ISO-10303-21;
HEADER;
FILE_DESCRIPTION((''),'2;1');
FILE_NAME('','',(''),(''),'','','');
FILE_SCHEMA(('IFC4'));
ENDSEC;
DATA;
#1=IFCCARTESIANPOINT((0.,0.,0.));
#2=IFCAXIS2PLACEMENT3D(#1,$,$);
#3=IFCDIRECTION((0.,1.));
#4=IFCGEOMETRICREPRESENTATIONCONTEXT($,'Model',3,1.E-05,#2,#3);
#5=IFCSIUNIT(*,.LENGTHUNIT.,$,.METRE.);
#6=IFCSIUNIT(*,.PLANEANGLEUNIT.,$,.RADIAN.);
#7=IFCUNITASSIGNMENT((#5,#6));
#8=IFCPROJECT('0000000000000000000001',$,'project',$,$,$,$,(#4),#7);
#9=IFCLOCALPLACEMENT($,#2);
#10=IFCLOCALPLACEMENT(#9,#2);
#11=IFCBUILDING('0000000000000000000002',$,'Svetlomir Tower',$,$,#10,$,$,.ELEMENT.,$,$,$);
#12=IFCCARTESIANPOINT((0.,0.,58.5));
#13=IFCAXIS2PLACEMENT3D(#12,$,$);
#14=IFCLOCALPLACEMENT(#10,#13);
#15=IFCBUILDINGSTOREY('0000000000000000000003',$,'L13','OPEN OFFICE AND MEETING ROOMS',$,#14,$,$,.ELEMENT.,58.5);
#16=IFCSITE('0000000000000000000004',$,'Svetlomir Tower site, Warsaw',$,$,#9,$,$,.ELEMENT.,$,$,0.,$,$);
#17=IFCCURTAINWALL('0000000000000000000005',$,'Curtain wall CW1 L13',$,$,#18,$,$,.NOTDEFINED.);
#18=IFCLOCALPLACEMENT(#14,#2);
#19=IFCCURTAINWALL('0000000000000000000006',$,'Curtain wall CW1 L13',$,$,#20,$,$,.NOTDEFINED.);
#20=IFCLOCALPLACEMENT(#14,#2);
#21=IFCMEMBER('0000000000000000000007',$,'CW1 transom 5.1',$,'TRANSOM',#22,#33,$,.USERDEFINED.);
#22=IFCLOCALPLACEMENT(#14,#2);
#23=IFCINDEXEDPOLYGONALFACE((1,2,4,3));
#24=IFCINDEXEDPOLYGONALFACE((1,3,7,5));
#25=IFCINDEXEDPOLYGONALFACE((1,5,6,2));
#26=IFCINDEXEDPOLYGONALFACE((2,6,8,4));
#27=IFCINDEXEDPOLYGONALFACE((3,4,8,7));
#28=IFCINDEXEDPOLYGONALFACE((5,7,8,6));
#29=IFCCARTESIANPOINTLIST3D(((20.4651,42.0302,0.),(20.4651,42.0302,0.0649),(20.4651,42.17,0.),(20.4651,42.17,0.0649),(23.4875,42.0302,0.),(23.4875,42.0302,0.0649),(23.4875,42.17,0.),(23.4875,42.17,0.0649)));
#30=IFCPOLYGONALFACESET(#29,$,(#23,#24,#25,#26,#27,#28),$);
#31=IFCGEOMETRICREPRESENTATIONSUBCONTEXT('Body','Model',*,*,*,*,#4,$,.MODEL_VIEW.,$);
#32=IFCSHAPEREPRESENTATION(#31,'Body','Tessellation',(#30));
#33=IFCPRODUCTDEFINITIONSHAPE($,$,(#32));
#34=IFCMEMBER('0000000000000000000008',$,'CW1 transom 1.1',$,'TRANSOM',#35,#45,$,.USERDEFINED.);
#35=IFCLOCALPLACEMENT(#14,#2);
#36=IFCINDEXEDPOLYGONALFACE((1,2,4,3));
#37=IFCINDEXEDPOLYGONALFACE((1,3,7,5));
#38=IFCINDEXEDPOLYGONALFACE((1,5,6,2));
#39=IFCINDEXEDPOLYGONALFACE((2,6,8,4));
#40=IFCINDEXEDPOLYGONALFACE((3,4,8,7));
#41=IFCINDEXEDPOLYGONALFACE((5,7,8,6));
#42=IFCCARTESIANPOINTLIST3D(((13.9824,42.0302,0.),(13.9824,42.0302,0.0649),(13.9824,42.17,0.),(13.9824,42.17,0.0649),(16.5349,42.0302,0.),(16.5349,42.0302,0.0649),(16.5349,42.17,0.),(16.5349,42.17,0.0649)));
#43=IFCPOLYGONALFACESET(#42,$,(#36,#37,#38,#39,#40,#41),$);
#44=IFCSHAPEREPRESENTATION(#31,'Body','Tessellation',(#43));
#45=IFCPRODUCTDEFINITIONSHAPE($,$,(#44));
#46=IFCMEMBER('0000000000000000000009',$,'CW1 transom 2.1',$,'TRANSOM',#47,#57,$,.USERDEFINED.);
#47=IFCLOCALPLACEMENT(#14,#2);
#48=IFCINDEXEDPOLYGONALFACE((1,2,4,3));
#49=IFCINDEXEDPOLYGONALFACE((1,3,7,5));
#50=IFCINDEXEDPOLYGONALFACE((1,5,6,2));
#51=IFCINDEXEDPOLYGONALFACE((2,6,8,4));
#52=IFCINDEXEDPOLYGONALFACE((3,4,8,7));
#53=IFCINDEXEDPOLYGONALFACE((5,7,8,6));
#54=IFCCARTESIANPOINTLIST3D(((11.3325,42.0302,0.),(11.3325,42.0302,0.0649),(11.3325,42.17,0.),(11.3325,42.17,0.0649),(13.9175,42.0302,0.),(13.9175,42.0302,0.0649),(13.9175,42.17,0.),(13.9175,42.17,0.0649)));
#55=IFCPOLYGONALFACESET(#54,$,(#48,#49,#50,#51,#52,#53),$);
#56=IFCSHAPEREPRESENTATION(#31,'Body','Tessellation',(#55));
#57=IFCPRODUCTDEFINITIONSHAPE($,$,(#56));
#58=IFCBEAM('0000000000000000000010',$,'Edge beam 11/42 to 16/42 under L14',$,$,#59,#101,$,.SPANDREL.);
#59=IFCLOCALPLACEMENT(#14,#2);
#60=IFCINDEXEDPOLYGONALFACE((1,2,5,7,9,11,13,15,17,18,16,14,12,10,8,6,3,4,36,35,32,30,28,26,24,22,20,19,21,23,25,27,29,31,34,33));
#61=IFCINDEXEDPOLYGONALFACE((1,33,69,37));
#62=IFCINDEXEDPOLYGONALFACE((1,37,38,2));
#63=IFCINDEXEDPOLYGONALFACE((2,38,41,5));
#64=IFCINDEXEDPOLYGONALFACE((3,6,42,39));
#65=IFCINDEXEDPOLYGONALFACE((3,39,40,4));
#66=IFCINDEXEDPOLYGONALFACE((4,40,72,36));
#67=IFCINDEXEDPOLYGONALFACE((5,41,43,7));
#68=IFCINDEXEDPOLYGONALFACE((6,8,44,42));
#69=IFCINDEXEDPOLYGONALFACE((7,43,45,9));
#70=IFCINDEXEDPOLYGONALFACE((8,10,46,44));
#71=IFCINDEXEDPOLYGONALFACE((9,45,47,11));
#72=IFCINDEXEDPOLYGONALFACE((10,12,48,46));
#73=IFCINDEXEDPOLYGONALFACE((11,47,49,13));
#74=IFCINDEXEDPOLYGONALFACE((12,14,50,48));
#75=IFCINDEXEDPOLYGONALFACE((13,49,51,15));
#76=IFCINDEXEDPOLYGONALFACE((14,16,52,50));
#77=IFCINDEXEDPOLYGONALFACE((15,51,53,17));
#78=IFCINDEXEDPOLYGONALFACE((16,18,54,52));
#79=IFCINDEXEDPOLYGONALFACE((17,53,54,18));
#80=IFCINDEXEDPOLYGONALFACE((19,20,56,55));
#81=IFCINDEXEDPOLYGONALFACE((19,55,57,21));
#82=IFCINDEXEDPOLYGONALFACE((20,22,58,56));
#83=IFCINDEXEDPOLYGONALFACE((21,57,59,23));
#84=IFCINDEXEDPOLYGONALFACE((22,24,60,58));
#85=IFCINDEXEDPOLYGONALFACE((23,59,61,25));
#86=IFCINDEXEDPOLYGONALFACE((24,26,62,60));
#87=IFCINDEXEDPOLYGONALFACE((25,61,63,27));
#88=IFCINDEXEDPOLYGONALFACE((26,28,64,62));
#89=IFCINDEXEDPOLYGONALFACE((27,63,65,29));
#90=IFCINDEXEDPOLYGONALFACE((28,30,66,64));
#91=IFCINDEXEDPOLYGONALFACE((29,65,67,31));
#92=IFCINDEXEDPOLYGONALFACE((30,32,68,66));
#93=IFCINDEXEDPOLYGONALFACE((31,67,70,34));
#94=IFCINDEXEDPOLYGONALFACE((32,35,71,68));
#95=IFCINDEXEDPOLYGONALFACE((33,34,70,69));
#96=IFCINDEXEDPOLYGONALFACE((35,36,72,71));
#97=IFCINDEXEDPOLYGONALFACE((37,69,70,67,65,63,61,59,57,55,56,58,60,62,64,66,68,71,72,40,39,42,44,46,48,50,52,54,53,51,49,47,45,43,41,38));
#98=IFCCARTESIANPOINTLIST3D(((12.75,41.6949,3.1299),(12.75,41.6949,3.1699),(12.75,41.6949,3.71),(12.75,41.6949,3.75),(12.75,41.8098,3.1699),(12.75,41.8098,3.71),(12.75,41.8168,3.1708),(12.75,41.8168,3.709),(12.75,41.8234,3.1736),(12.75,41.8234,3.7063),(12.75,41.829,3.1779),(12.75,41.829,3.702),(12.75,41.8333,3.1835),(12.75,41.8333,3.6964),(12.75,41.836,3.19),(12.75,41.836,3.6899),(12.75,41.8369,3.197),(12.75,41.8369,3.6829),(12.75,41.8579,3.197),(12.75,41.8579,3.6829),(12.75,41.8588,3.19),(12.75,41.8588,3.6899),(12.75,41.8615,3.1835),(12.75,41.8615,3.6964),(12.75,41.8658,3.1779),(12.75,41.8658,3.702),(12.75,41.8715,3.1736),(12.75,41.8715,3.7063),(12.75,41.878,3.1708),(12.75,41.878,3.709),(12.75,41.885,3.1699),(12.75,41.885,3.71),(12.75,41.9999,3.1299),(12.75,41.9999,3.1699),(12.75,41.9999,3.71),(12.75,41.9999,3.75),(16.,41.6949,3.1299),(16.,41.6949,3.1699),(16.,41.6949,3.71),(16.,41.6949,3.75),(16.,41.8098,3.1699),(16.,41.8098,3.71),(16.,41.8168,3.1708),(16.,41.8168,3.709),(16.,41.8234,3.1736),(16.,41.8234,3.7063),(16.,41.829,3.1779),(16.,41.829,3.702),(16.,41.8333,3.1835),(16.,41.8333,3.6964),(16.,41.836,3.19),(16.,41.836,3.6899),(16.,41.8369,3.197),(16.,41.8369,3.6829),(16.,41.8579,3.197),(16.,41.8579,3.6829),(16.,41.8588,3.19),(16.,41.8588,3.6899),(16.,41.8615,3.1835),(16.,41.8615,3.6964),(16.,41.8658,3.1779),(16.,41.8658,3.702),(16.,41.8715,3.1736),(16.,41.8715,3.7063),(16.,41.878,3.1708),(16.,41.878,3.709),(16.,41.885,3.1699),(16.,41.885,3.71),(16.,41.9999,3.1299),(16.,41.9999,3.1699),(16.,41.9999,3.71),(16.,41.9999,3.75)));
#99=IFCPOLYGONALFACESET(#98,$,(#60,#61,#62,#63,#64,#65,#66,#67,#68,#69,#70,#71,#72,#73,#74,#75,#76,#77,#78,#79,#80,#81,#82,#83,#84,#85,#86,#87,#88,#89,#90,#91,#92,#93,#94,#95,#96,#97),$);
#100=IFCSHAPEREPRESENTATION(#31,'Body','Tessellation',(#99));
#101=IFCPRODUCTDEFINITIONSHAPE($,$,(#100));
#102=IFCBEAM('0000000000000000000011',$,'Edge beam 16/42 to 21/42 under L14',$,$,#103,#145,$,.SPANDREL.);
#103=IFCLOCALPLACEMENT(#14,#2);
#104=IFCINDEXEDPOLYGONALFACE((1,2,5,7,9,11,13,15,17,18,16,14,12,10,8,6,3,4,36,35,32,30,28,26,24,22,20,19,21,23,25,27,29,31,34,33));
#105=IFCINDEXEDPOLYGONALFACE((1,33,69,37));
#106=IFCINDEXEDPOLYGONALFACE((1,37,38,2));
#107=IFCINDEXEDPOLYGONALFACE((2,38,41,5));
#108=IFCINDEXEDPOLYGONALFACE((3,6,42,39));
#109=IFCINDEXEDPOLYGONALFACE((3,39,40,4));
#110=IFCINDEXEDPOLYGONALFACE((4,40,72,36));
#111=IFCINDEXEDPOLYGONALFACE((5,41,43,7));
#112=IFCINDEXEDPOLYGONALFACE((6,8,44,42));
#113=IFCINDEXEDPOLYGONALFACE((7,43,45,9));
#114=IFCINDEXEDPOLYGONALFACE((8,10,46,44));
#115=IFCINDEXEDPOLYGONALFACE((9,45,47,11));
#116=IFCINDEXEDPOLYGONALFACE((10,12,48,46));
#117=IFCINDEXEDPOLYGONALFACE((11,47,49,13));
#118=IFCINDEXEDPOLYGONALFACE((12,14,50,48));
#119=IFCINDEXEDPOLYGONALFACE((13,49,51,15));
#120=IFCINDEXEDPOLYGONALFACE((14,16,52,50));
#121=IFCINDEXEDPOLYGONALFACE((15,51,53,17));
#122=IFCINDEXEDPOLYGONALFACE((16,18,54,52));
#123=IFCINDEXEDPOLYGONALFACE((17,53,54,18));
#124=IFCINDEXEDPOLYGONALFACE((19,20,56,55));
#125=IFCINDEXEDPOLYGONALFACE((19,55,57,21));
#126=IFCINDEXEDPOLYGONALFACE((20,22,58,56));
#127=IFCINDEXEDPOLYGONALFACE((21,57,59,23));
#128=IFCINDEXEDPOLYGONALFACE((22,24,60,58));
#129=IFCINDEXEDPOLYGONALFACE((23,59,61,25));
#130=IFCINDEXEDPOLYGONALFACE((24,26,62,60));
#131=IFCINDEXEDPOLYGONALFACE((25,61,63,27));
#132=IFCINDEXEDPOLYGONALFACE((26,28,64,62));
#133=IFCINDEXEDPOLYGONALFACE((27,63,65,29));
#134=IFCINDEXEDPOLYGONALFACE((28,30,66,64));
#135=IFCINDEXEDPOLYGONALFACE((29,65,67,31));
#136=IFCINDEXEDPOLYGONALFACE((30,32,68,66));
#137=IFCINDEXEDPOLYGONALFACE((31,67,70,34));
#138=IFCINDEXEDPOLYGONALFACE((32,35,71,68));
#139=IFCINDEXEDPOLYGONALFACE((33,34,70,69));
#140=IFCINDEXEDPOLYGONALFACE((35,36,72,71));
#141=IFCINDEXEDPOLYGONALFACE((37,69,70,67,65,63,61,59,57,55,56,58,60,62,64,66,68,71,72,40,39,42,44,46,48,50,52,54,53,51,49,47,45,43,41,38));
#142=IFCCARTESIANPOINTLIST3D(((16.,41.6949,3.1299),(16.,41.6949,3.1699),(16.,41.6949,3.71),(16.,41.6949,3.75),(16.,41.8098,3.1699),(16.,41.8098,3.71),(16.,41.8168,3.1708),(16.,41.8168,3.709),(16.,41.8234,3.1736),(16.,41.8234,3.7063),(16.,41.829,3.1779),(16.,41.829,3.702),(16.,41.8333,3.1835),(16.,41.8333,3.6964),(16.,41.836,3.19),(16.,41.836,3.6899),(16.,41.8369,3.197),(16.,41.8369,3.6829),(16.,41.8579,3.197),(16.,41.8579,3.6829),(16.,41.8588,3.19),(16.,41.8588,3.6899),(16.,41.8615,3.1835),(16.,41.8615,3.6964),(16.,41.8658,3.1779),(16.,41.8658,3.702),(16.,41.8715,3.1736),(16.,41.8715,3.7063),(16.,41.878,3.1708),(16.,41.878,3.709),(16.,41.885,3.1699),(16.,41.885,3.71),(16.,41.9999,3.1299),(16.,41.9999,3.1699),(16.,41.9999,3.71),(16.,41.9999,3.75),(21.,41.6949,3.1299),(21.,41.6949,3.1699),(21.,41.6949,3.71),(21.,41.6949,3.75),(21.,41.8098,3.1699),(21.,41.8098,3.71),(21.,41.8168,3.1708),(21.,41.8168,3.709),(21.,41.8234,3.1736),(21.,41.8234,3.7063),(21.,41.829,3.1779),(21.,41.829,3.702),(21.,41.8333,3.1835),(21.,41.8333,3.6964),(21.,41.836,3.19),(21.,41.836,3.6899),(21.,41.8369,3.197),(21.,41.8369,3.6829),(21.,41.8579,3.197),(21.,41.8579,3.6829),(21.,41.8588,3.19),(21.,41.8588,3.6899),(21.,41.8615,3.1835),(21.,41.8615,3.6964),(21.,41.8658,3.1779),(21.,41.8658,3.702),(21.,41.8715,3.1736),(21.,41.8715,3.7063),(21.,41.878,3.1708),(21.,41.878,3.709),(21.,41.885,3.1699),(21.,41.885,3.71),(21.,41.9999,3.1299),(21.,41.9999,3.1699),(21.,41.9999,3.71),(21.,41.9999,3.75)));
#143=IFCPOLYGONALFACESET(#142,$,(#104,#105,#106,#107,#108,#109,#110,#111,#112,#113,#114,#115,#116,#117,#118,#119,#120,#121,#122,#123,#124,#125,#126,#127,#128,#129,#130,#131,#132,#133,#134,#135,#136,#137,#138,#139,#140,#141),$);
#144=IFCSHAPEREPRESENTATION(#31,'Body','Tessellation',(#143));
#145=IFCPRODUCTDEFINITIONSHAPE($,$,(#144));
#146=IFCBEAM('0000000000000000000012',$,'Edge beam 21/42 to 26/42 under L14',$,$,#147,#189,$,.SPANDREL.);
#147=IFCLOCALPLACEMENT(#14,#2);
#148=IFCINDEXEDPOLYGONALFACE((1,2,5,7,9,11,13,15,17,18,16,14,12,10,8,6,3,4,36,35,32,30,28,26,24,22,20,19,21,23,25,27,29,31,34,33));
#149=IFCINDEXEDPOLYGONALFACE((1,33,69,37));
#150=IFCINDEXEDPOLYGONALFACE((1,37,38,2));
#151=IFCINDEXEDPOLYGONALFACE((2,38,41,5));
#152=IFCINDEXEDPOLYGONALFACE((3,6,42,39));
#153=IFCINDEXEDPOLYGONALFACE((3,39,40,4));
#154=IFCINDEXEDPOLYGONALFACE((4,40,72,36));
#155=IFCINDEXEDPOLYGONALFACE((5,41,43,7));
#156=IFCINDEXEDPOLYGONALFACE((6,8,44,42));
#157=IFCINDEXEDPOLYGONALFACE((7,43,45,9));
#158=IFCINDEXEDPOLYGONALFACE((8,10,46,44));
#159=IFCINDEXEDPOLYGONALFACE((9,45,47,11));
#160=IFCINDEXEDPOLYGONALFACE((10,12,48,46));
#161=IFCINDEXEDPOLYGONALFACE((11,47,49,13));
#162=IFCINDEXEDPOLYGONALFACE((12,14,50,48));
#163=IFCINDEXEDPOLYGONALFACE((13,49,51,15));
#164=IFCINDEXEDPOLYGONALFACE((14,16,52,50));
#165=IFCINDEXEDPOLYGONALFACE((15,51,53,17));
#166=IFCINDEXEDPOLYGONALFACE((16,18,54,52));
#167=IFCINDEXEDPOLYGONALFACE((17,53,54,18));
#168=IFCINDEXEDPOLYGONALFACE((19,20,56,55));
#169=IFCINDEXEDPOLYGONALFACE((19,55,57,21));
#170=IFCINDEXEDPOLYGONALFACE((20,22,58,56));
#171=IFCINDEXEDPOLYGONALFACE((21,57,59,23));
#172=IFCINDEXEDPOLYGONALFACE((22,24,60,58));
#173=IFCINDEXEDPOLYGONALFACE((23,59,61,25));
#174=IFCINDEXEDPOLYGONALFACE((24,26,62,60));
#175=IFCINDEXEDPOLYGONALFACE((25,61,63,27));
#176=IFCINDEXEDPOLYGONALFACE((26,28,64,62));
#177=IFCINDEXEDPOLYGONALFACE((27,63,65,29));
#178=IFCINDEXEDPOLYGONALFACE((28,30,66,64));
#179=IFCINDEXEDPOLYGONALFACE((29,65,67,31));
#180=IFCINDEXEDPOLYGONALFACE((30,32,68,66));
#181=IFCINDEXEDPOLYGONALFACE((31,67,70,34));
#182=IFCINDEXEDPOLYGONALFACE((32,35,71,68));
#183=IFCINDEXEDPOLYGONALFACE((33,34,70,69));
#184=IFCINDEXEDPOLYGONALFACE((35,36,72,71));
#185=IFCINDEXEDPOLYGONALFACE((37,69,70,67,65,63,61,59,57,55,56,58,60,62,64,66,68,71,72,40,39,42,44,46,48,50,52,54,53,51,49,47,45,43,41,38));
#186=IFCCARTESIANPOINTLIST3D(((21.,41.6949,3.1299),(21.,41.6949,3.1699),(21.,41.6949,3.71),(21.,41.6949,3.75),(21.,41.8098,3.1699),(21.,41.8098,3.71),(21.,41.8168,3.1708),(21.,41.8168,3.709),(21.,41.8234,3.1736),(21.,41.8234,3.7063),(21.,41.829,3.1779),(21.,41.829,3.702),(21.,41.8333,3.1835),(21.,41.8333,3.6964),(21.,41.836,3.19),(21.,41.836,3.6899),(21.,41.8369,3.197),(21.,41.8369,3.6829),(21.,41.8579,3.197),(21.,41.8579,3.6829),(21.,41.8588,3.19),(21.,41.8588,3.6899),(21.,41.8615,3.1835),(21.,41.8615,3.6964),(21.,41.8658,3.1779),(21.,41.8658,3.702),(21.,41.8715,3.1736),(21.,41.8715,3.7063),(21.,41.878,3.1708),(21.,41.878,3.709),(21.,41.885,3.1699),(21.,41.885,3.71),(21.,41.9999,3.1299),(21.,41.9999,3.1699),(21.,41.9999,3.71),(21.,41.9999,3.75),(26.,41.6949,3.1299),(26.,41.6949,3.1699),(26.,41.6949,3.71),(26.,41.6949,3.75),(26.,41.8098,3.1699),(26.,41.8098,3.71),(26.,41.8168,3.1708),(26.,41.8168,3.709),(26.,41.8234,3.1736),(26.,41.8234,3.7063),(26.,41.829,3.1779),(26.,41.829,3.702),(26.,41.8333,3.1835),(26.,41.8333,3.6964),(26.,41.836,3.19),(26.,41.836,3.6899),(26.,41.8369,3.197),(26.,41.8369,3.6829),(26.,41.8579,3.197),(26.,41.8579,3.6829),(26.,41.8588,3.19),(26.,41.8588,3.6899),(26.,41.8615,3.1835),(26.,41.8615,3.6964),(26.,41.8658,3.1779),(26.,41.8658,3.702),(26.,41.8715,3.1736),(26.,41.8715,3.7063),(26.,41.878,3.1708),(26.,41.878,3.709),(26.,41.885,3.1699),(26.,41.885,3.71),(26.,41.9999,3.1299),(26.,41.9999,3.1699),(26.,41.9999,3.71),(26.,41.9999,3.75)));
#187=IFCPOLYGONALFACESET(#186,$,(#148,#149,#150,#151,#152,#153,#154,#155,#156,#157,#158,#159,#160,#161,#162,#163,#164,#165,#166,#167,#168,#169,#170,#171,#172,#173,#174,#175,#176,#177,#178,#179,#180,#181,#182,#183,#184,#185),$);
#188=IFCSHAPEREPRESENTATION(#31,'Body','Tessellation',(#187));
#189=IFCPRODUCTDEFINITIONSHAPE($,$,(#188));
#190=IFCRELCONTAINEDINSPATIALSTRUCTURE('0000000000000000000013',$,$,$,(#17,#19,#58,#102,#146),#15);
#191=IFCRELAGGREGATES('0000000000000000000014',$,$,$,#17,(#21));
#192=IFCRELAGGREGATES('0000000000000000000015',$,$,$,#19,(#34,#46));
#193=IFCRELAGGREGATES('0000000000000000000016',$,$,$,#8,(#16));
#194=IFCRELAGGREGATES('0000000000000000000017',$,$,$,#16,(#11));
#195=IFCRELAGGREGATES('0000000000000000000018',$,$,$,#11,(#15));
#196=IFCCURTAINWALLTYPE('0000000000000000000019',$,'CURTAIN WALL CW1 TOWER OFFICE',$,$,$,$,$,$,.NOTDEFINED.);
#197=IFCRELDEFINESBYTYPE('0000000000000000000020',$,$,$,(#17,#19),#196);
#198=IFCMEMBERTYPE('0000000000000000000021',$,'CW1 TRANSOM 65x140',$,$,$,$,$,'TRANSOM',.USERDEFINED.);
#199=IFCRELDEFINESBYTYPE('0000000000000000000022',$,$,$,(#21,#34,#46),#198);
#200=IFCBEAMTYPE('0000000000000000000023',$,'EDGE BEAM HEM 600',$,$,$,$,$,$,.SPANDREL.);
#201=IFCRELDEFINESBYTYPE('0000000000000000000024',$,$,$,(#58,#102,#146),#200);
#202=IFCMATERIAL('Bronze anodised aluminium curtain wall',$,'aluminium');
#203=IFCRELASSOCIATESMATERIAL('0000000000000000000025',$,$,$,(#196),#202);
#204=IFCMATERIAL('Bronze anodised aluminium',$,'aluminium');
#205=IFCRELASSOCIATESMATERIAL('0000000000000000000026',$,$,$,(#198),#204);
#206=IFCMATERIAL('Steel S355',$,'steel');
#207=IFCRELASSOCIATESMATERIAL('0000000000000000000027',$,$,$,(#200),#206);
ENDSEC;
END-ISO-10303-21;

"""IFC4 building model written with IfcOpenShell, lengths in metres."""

from ifc_helpers import new_model, si_unit, direction, frame, origin, origin_2d, place, context, subcontext, project, spatial, rectangle, i_section, extrude, material, material_profile, profile_set, type_object, element, aggregate, save


model = new_model("IFC4")

# Units and contexts
model_context = context("Model", 3, precision=1e-05, world=origin(), true_north=direction((0.0, 1.0)))
body_context = subcontext(model_context, "Body", "Model", "MODEL_VIEW")
ifc_project = project(units=[si_unit("LENGTHUNIT", "METRE"), si_unit("PLANEANGLEUNIT", "RADIAN")], contexts=[model_context])

# Site, building, storey
site_placement = place(None, origin())
site = spatial("IfcSite", under=ifc_project, at=site_placement, Name="Svetlomir Tower site, Warsaw", CompositionType="ELEMENT", RefElevation=0.0)
building_placement = place(site_placement, origin())
building = spatial("IfcBuilding", under=site, at=building_placement, Name="Svetlomir Tower", CompositionType="ELEMENT")
storey_placement = place(building_placement, frame((0.0, 0.0, 58.5)))
storey = spatial("IfcBuildingStorey", under=building, at=storey_placement, Name="L13", Description="OPEN OFFICE AND MEETING ROOMS", CompositionType="ELEMENT", Elevation=58.5)

# Curtain walls
ifc_material_1 = material(Name="Bronze anodised aluminium curtain wall", Category="aluminium")
curtain_wall_type = type_object("IfcCurtainWallType", Name="CURTAIN WALL CW1 TOWER OFFICE", PredefinedType="NOTDEFINED", material=ifc_material_1)
curtain_wall_1_placement = place(storey_placement, origin())
curtain_wall_1 = element("IfcCurtainWall", 1, at=curtain_wall_1_placement, inside=storey, type_object=curtain_wall_type, Name="Curtain wall CW1 L13", PredefinedType="NOTDEFINED")
curtain_wall_2_placement = place(storey_placement, origin())
curtain_wall_2 = element("IfcCurtainWall", 2, at=curtain_wall_2_placement, inside=storey, type_object=curtain_wall_type, Name="Curtain wall CW1 L13", PredefinedType="NOTDEFINED")

# Members
ifc_material_2 = material(Name="Bronze anodised aluminium", Category="aluminium")
ifc_material_profile_1 = material_profile(ifc_material_2, rectangle(XDim=0.1399, YDim=0.0649, at=origin_2d()), Name="AL 140x65")
ifc_profile_set_1 = profile_set([ifc_material_profile_1], Name="Bronze anodised aluminium 6063-T6")
member_type_1 = type_object("IfcMemberType", Name="CW1 TRANSOM 65x140", ElementType="TRANSOM", PredefinedType="USERDEFINED", material=ifc_profile_set_1)
member_1_placement = place(storey_placement, frame((23.4875, 42.1001, 0.0325), z_axis=(-1.0, 0.0, 0.0), x_axis=(0.0, -1.0, 0.0)))
member_1 = element("IfcMember", 3, at=member_1_placement, type_object=member_type_1, Name="CW1 transom 5.1", ObjectType="TRANSOM", PredefinedType="USERDEFINED", context=body_context, shape_type="SweptSolid", body=[
    extrude(rectangle(XDim=0.1399, YDim=0.0649, at=origin_2d()), origin(), (0.0, 0.0, 1.0), 3.0225),
])
member_2_placement = place(storey_placement, frame((16.5349, 42.1001, 0.0325), z_axis=(-1.0, 0.0, 0.0), x_axis=(0.0, -1.0, 0.0)))
member_2 = element("IfcMember", 4, at=member_2_placement, type_object=member_type_1, Name="CW1 transom 1.1", ObjectType="TRANSOM", PredefinedType="USERDEFINED", context=body_context, shape_type="SweptSolid", body=[
    extrude(rectangle(XDim=0.1399, YDim=0.0649, at=origin_2d()), origin(), (0.0, 0.0, 1.0), 2.5525),
])
member_3_placement = place(storey_placement, frame((13.9175, 42.1001, 0.0325), z_axis=(-1.0, 0.0, 0.0), x_axis=(0.0, -1.0, 0.0)))
member_3 = element("IfcMember", 5, at=member_3_placement, type_object=member_type_1, Name="CW1 transom 2.1", ObjectType="TRANSOM", PredefinedType="USERDEFINED", context=body_context, shape_type="SweptSolid", body=[
    extrude(rectangle(XDim=0.1399, YDim=0.0649, at=origin_2d()), origin(), (0.0, 0.0, 1.0), 2.585),
])

# Beams
ifc_material_3 = material(Name="Steel S355", Category="steel")
ifc_material_profile_2 = material_profile(ifc_material_3, i_section(OverallWidth=0.3049, OverallDepth=0.6201, WebThickness=0.021, FlangeThickness=0.04, FilletRadius=0.0271, at=origin_2d()), Name="HEM 600")
ifc_profile_set_2 = profile_set([ifc_material_profile_2], Name="Steel S355")
beam_type_1 = type_object("IfcBeamType", Name="EDGE BEAM HEM 600", PredefinedType="SPANDREL", material=ifc_profile_set_2)
beam_1_placement = place(storey_placement, frame((12.75, 41.8474, 3.4399), z_axis=(1.0, 0.0, 0.0), x_axis=(0.0, 1.0, 0.0)))
element("IfcBeam", 6, at=beam_1_placement, inside=storey, type_object=beam_type_1, Name="Edge beam 11/42 to 16/42 under L14", PredefinedType="SPANDREL", context=body_context, shape_type="SweptSolid", body=[
    extrude(i_section(OverallWidth=0.3049, OverallDepth=0.6201, WebThickness=0.021, FlangeThickness=0.04, FilletRadius=0.0271, at=origin_2d()), origin(), (0.0, 0.0, 1.0), 3.25),
])
for number, where, z_axis, x_axis, name in (
    (7, (16.0, 41.8474, 3.4399), (1.0, 0.0, 0.0), (0.0, 1.0, 0.0), "Edge beam 16/42 to 21/42 under L14"),
    (8, (21.0, 41.8474, 3.4399), (1.0, 0.0, 0.0), (0.0, 1.0, 0.0), "Edge beam 21/42 to 26/42 under L14"),
):
    element("IfcBeam", number, at=place(storey_placement, frame(where, z_axis=z_axis, x_axis=x_axis)), inside=storey, type_object=beam_type_1, Name=name, PredefinedType="SPANDREL", context=body_context, shape_type="SweptSolid", body=[
        extrude(i_section(OverallWidth=0.3049, OverallDepth=0.6201, WebThickness=0.021, FlangeThickness=0.04, FilletRadius=0.0271, at=origin_2d()), origin(), (0.0, 0.0, 1.0), 5.0),
    ])

aggregate(curtain_wall_1, [member_1])
aggregate(curtain_wall_2, [member_2, member_3])

save(model, "model.ifc")
